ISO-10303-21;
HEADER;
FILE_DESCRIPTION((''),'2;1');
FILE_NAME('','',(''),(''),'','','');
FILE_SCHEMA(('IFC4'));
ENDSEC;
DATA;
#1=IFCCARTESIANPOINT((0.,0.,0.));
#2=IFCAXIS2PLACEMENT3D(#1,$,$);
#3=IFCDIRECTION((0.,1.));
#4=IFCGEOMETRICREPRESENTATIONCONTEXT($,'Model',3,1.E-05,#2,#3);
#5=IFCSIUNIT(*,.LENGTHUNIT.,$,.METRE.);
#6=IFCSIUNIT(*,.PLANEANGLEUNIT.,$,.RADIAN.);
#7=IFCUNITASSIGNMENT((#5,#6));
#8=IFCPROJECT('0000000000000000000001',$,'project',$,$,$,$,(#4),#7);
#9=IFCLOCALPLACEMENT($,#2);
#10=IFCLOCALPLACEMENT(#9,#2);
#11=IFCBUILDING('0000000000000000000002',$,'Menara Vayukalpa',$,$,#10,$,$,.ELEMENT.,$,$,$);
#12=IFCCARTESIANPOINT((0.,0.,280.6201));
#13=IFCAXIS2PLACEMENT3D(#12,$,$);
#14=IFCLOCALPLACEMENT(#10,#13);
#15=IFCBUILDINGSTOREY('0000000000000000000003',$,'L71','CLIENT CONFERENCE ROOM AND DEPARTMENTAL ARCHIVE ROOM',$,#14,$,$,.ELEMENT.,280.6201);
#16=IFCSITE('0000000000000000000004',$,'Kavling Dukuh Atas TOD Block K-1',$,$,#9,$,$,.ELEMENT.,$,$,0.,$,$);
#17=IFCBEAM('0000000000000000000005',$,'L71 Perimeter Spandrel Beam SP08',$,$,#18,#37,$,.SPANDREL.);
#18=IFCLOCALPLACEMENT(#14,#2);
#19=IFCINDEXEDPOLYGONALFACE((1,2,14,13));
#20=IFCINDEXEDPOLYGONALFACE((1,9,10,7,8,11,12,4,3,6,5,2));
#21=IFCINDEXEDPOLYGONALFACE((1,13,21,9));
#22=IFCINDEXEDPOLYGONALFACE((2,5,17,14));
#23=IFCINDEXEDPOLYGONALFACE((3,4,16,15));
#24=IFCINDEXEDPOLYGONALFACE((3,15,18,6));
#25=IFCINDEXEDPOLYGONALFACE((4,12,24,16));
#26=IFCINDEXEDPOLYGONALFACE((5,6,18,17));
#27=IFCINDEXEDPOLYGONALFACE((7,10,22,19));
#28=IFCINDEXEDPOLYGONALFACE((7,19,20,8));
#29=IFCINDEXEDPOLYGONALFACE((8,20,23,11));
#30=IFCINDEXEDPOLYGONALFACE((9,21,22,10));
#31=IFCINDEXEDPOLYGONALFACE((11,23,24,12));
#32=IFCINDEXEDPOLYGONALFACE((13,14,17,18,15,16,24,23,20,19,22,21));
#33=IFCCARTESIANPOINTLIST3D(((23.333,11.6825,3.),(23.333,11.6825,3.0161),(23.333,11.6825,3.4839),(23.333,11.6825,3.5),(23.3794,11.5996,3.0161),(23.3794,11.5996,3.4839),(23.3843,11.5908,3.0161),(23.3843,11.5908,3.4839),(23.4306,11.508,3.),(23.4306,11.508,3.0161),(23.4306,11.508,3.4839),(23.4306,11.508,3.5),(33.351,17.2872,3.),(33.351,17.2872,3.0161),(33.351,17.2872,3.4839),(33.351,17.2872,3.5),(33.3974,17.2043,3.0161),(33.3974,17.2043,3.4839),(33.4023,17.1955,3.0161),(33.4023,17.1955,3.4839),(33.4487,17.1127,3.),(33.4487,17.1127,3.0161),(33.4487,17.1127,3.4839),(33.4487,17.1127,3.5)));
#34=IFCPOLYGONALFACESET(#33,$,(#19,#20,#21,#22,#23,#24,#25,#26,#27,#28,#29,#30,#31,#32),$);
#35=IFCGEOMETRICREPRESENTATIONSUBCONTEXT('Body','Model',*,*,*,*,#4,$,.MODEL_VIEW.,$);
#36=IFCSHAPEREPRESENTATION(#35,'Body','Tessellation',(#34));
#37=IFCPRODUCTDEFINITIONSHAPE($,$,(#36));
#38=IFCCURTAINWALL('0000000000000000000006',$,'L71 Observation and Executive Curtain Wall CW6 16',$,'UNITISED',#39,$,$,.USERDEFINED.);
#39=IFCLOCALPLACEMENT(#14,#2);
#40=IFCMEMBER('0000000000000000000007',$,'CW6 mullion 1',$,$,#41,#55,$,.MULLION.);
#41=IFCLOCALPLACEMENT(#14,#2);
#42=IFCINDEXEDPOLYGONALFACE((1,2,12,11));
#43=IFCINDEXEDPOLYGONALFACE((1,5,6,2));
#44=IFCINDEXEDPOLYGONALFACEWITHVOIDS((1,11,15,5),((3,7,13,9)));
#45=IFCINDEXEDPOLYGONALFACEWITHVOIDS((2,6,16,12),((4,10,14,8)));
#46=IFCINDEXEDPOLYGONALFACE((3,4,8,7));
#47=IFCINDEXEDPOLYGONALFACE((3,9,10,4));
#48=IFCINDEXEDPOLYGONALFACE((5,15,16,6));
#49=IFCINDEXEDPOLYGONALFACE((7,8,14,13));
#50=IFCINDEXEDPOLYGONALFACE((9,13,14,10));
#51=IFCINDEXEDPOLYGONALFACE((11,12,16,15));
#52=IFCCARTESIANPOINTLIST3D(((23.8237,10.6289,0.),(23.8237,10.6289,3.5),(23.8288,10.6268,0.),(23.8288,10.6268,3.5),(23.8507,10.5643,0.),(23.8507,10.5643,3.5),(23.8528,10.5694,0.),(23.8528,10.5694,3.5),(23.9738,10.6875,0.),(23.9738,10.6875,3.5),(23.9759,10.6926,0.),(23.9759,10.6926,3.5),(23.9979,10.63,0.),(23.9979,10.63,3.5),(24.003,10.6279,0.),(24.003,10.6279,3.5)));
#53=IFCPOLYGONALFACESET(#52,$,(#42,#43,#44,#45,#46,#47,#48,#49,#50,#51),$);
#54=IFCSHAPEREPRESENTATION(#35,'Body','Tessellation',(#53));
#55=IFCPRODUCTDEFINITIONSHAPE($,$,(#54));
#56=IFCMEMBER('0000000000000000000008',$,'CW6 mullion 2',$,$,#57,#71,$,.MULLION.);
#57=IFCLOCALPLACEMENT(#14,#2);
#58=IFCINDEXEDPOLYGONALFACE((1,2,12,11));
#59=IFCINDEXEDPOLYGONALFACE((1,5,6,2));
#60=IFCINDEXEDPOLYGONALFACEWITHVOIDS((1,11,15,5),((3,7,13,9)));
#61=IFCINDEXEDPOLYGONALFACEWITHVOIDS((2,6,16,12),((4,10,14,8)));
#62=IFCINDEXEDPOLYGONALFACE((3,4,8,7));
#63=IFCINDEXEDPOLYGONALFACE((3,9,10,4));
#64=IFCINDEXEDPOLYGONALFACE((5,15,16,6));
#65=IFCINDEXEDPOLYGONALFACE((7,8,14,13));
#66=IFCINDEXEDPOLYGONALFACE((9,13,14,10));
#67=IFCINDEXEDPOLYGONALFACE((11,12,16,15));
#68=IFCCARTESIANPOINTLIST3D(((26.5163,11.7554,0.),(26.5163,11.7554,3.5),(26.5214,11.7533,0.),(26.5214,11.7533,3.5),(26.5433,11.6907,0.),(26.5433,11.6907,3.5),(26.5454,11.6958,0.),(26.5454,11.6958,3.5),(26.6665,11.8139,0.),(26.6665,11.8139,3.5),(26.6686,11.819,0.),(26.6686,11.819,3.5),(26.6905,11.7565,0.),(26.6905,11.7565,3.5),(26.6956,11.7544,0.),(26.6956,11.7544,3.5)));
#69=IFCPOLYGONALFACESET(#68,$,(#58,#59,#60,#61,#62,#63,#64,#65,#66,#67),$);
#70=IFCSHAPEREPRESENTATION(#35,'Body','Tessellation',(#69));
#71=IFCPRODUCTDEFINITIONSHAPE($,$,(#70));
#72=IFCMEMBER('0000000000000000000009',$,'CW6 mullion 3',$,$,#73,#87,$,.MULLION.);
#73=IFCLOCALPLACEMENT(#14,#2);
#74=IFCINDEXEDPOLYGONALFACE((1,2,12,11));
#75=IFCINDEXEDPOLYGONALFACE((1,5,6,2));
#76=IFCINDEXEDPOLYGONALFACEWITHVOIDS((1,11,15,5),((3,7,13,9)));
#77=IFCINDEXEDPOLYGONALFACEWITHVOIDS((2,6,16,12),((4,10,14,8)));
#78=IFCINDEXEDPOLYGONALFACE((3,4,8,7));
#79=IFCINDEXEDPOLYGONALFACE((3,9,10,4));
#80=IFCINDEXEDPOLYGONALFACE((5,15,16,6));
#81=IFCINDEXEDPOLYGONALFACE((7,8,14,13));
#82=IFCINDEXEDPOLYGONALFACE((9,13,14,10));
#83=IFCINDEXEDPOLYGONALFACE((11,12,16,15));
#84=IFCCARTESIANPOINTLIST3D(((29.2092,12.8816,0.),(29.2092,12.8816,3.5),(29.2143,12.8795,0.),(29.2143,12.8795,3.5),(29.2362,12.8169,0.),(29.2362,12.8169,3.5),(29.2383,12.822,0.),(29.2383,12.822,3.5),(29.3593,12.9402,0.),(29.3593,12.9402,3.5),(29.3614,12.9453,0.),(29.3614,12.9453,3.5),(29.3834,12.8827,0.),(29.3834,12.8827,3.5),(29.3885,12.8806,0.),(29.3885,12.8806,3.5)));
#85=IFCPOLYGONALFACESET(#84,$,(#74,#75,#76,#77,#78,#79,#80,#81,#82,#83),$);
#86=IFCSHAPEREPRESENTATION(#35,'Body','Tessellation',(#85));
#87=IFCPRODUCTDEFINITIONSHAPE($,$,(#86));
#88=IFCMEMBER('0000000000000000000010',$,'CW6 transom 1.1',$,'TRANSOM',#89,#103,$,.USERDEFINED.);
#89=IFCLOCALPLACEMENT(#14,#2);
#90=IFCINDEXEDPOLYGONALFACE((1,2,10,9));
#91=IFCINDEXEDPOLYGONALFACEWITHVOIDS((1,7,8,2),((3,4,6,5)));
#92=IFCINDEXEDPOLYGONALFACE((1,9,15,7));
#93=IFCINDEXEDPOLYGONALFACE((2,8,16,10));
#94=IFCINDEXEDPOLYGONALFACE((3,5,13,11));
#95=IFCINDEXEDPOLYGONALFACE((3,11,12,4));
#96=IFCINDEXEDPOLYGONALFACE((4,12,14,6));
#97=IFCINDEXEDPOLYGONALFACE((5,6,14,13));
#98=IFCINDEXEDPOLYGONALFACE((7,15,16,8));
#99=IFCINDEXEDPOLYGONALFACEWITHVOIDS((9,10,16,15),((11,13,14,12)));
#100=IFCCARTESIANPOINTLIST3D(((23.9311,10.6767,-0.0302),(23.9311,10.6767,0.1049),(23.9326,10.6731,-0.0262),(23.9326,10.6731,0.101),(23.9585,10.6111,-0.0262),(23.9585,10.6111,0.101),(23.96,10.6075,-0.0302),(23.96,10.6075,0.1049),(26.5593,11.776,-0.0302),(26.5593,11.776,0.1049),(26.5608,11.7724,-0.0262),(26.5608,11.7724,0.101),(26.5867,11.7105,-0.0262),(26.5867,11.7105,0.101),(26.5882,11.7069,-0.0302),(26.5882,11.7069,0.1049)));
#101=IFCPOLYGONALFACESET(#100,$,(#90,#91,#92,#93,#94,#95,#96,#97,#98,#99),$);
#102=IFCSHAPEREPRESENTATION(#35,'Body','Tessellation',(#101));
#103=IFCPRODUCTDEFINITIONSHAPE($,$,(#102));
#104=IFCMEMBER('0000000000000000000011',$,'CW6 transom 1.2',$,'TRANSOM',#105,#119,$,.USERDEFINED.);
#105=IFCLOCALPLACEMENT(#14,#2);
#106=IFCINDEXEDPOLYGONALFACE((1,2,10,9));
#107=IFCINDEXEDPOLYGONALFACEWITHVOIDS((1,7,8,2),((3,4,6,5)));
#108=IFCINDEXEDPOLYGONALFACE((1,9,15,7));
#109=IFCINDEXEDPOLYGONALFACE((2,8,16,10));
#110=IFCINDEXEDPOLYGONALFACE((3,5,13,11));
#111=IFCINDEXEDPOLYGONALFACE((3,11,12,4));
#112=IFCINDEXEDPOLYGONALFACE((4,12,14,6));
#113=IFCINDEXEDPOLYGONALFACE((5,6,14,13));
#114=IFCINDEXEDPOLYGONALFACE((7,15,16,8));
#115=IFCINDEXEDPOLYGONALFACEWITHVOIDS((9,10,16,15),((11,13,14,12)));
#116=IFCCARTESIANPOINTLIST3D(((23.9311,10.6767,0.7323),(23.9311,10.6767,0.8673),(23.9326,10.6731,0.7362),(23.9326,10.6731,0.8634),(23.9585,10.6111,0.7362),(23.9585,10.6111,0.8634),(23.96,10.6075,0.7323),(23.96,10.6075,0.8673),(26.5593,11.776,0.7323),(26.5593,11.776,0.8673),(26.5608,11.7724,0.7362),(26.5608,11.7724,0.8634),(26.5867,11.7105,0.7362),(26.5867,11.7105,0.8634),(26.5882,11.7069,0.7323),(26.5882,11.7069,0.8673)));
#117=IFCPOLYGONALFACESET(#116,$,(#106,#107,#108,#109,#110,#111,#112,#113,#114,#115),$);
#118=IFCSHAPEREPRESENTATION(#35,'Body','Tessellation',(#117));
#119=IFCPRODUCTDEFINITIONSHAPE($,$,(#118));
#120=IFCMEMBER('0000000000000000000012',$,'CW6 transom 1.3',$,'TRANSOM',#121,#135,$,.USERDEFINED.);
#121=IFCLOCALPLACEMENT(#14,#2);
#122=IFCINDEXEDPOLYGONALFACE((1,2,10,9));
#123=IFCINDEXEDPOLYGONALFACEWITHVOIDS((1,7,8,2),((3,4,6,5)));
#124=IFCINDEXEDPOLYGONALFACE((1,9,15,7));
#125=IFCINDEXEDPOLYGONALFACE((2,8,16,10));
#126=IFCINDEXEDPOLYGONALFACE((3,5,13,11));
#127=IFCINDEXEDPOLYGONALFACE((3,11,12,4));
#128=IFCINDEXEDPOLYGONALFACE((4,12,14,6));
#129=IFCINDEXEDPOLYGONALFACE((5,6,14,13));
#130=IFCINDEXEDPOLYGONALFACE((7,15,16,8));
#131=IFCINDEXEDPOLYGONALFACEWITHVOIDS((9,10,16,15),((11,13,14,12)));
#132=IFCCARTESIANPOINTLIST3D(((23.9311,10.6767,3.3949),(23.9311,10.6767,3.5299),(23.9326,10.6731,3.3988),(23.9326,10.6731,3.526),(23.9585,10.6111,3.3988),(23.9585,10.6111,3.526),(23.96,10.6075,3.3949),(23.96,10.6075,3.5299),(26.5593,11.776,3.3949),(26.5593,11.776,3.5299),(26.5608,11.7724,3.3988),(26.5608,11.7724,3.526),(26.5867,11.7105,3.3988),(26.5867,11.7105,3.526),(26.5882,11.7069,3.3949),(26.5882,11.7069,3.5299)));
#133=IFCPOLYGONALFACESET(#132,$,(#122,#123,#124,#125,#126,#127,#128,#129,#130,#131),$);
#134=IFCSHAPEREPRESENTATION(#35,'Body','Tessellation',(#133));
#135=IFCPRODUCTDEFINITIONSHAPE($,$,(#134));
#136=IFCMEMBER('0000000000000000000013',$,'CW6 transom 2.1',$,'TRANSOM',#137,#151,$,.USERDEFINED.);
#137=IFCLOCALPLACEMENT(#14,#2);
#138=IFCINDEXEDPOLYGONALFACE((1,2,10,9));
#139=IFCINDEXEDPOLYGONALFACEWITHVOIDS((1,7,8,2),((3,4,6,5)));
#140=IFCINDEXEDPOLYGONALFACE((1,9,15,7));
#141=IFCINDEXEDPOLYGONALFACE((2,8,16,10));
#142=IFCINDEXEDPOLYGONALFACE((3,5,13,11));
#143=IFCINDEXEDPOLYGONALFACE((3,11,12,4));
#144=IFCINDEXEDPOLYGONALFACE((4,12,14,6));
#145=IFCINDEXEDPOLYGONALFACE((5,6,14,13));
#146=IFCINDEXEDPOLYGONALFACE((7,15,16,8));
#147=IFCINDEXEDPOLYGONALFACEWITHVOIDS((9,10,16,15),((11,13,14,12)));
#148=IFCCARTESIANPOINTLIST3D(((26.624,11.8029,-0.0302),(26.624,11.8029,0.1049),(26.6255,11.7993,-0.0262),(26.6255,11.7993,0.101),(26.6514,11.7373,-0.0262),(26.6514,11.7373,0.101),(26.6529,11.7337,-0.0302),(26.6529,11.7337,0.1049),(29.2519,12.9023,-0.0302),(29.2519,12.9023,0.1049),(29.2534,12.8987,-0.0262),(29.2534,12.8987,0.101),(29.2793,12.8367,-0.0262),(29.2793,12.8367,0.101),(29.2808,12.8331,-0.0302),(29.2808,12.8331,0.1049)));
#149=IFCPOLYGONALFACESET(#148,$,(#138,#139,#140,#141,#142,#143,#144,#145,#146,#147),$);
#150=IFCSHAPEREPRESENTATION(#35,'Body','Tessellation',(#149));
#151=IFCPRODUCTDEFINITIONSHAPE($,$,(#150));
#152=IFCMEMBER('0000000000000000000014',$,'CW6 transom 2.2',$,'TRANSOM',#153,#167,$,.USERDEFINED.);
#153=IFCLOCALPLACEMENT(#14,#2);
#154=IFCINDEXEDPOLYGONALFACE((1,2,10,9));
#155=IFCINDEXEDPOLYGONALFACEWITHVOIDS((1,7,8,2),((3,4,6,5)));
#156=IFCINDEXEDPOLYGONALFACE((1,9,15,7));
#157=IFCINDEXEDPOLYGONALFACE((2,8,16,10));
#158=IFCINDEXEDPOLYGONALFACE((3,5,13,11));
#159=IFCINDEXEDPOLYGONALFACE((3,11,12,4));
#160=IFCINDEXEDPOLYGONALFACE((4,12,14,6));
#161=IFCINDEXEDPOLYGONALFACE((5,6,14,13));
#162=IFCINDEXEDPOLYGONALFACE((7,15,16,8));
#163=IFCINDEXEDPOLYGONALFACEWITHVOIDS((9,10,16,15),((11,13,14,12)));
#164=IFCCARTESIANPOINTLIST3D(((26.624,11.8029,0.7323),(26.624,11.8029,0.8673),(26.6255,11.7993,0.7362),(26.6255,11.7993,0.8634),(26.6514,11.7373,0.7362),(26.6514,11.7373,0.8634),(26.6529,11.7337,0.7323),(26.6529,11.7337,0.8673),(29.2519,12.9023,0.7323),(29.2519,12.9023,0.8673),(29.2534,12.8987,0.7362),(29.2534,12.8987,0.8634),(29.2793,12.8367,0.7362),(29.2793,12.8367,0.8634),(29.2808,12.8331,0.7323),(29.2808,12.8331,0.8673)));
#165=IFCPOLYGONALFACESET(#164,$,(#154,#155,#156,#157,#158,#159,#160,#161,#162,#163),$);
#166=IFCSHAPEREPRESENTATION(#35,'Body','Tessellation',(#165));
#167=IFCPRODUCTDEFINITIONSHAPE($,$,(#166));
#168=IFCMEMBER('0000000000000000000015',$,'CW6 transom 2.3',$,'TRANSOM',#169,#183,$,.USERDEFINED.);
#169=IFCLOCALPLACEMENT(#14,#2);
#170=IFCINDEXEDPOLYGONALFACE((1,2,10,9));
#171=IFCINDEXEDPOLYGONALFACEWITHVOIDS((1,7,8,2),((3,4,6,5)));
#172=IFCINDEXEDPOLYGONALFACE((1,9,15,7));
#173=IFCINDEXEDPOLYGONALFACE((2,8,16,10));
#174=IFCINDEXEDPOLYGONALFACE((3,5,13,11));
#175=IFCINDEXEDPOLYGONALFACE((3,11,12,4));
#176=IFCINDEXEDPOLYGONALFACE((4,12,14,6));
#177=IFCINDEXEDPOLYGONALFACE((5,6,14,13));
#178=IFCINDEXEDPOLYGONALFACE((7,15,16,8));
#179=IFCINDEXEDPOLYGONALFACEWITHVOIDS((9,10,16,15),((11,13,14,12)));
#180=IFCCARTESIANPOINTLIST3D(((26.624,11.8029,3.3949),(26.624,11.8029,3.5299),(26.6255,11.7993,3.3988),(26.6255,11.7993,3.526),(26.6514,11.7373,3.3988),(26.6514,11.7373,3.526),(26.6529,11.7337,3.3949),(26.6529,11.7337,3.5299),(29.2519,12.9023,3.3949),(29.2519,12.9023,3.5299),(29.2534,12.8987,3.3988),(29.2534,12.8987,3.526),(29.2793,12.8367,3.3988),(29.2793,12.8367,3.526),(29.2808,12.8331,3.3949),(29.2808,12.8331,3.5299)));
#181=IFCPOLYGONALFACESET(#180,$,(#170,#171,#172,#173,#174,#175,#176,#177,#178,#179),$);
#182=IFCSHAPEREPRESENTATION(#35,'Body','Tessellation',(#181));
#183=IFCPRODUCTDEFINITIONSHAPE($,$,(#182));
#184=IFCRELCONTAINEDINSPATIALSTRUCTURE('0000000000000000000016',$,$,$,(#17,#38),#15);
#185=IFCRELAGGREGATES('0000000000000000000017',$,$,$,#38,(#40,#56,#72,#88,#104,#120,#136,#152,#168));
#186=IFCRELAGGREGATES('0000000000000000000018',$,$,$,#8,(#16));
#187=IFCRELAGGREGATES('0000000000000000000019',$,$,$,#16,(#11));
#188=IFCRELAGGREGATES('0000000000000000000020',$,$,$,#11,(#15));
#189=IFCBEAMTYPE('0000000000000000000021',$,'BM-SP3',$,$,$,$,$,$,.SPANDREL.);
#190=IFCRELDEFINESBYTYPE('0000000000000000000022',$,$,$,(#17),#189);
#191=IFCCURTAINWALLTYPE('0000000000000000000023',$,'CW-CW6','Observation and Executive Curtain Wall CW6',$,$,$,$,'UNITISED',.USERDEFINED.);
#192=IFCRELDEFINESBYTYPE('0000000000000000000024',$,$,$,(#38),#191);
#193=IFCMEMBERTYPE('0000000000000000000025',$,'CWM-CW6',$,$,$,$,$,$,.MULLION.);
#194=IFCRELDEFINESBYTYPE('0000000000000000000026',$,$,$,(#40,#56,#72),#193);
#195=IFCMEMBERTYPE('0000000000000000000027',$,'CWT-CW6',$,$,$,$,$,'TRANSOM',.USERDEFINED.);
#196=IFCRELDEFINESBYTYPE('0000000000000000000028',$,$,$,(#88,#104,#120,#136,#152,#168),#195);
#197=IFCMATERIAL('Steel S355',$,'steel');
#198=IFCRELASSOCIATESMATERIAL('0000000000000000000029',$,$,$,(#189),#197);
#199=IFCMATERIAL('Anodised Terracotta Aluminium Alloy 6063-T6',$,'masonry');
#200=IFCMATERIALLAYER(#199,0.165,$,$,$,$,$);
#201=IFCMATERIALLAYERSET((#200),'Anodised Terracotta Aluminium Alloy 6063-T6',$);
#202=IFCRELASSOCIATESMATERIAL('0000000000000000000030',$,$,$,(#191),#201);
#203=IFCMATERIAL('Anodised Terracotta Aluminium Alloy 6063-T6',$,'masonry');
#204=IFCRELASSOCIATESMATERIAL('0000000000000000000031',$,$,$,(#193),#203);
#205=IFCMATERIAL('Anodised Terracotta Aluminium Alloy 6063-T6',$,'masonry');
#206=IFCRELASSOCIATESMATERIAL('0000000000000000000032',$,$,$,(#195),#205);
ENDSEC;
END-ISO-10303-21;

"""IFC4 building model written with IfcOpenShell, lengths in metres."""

from ifc_helpers import new_model, si_unit, direction, frame, origin, origin_2d, place, context, subcontext, project, spatial, hollow_rectangle, i_section, extrude, material, layer, layer_set, material_profile, profile_set, type_object, element, aggregate, save


model = new_model("IFC4")

# Units and contexts
model_context = context("Model", 3, precision=1e-05, world=origin(), true_north=direction((0.0, 1.0)))
body_context = subcontext(model_context, "Body", "Model", "MODEL_VIEW")
ifc_project = project(units=[si_unit("LENGTHUNIT", "METRE"), si_unit("PLANEANGLEUNIT", "RADIAN")], contexts=[model_context])

# Site, building, storey
site_placement = place(None, origin())
site = spatial("IfcSite", under=ifc_project, at=site_placement, Name="Kavling Dukuh Atas TOD Block K-1", CompositionType="ELEMENT", RefElevation=0.0)
building_placement = place(site_placement, origin())
building = spatial("IfcBuilding", under=site, at=building_placement, Name="Menara Vayukalpa", CompositionType="ELEMENT")
storey_placement = place(building_placement, frame((0.0, 0.0, 280.6201)))
storey = spatial("IfcBuildingStorey", under=building, at=storey_placement, Name="L71", Description="CLIENT CONFERENCE ROOM AND DEPARTMENTAL ARCHIVE ROOM", CompositionType="ELEMENT", Elevation=280.6201)

# Beam
ifc_material_1 = material(Name="Steel S355", Category="steel")
ifc_material_profile_1 = material_profile(ifc_material_1, i_section(OverallWidth=0.2, OverallDepth=0.5, WebThickness=0.01, FlangeThickness=0.0161, at=origin_2d()), Name="WF 500x200x10x16")
ifc_profile_set_1 = profile_set([ifc_material_profile_1], Name="Steel S355")
beam_type = type_object("IfcBeamType", Name="BM-SP3", PredefinedType="SPANDREL", material=ifc_profile_set_1)
beam_placement = place(storey_placement, frame((23.3818, 11.5952, 3.25), z_axis=(0.872706, 0.488246, 0.0), x_axis=(-0.488246, 0.872706, 0.0)))
element("IfcBeam", 1, at=beam_placement, inside=storey, type_object=beam_type, Name="L71 Perimeter Spandrel Beam SP08", PredefinedType="SPANDREL", context=body_context, shape_type="SweptSolid", body=[
    extrude(i_section(OverallWidth=0.2, OverallDepth=0.5, WebThickness=0.01, FlangeThickness=0.0161, at=origin_2d()), origin(), (0.0, 0.0, 1.0), 11.4792),
])

# Curtain wall, members
ifc_material_2 = material(Name="Anodised Terracotta Aluminium Alloy 6063-T6", Category="masonry")
ifc_layer_1 = layer(ifc_material_2, 0.165)
ifc_layer_set_1 = layer_set([ifc_layer_1], Name="Anodised Terracotta Aluminium Alloy 6063-T6")
curtain_wall_type = type_object("IfcCurtainWallType", Name="CW-CW6", Description="Observation and Executive Curtain Wall CW6", ElementType="UNITISED", PredefinedType="USERDEFINED", material=ifc_layer_set_1)
curtain_wall_placement = place(storey_placement, origin())
curtain_wall = element("IfcCurtainWall", 2, at=curtain_wall_placement, inside=storey, type_object=curtain_wall_type, Name="L71 Observation and Executive Curtain Wall CW6 16", ObjectType="UNITISED", PredefinedType="USERDEFINED")
ifc_material_3 = material(Name="Anodised Terracotta Aluminium Alloy 6063-T6", Category="masonry")
ifc_material_profile_2 = material_profile(ifc_material_3, hollow_rectangle(XDim=0.0701, YDim=0.165, WallThickness=0.0039, at=origin_2d()), Name="ALU 70x165x4")
ifc_profile_set_2 = profile_set([ifc_material_profile_2], Name="Anodised Terracotta Aluminium Alloy 6063-T6")
member_type_1 = type_object("IfcMemberType", Name="CWM-CW6", PredefinedType="MULLION", material=ifc_profile_set_2)
member_1_placement = place(storey_placement, frame((23.9133, 10.6284, 0.0), z_axis=(0.0, 0.0, 1.0), x_axis=(-0.3859, 0.922541, 0.0)))
member_1 = element("IfcMember", 3, at=member_1_placement, type_object=member_type_1, Name="CW6 mullion 1", PredefinedType="MULLION", context=body_context, shape_type="SweptSolid", body=[
    extrude(hollow_rectangle(XDim=0.0701, YDim=0.165, WallThickness=0.0039, at=origin_2d()), origin(), (0.0, 0.0, 1.0), 3.5),
])
member_2_placement = place(storey_placement, frame((26.606, 11.7549, 0.0), z_axis=(0.0, 0.0, 1.0), x_axis=(-0.3859, 0.922541, 0.0)))
member_2 = element("IfcMember", 4, at=member_2_placement, type_object=member_type_1, Name="CW6 mullion 2", PredefinedType="MULLION", context=body_context, shape_type="SweptSolid", body=[
    extrude(hollow_rectangle(XDim=0.0701, YDim=0.165, WallThickness=0.0039, at=origin_2d()), origin(), (0.0, 0.0, 1.0), 3.5),
])
member_3_placement = place(storey_placement, frame((29.2988, 12.8811, 0.0), z_axis=(0.0, 0.0, 1.0), x_axis=(-0.3859, 0.922541, 0.0)))
member_3 = element("IfcMember", 5, at=member_3_placement, type_object=member_type_1, Name="CW6 mullion 3", PredefinedType="MULLION", context=body_context, shape_type="SweptSolid", body=[
    extrude(hollow_rectangle(XDim=0.0701, YDim=0.165, WallThickness=0.0039, at=origin_2d()), origin(), (0.0, 0.0, 1.0), 3.5),
])
ifc_material_4 = material(Name="Anodised Terracotta Aluminium Alloy 6063-T6", Category="masonry")
ifc_material_profile_3 = material_profile(ifc_material_4, hollow_rectangle(XDim=0.075, YDim=0.135, WallThickness=0.0039, at=origin_2d()), Name="ALU 75x135x4")
ifc_profile_set_3 = profile_set([ifc_material_profile_3], Name="Anodised Terracotta Aluminium Alloy 6063-T6")
member_type_2 = type_object("IfcMemberType", Name="CWT-CW6", ElementType="TRANSOM", PredefinedType="USERDEFINED", material=ifc_profile_set_3)
member_4_placement = place(storey_placement, frame((23.9456, 10.6421, 0.0374), z_axis=(0.922541, 0.385899, 0.0), x_axis=(-0.385899, 0.922541, 0.0)))
member_4 = element("IfcMember", 6, at=member_4_placement, type_object=member_type_2, Name="CW6 transom 1.1", ObjectType="TRANSOM", PredefinedType="USERDEFINED", context=body_context, shape_type="SweptSolid", body=[
    extrude(hollow_rectangle(XDim=0.075, YDim=0.135, WallThickness=0.0039, at=origin_2d()), origin(), (0.0, 0.0, 1.0), 2.8489),
])
member_5_placement = place(storey_placement, frame((23.9456, 10.6421, 0.7998), z_axis=(0.922541, 0.385899, 0.0), x_axis=(-0.385899, 0.922541, 0.0)))
member_5 = element("IfcMember", 7, at=member_5_placement, type_object=member_type_2, Name="CW6 transom 1.2", ObjectType="TRANSOM", PredefinedType="USERDEFINED", context=body_context, shape_type="SweptSolid", body=[
    extrude(hollow_rectangle(XDim=0.075, YDim=0.135, WallThickness=0.0039, at=origin_2d()), origin(), (0.0, 0.0, 1.0), 2.8489),
])
member_6_placement = place(storey_placement, frame((23.9456, 10.6421, 3.4624), z_axis=(0.922541, 0.385899, 0.0), x_axis=(-0.385899, 0.922541, 0.0)))
member_6 = element("IfcMember", 8, at=member_6_placement, type_object=member_type_2, Name="CW6 transom 1.3", ObjectType="TRANSOM", PredefinedType="USERDEFINED", context=body_context, shape_type="SweptSolid", body=[
    extrude(hollow_rectangle(XDim=0.075, YDim=0.135, WallThickness=0.0039, at=origin_2d()), origin(), (0.0, 0.0, 1.0), 2.8489),
])
member_7_placement = place(storey_placement, frame((26.6384, 11.7683, 0.0374), z_axis=(0.922528, 0.385929, 0.0), x_axis=(-0.385929, 0.922528, 0.0)))
member_7 = element("IfcMember", 9, at=member_7_placement, type_object=member_type_2, Name="CW6 transom 2.1", ObjectType="TRANSOM", PredefinedType="USERDEFINED", context=body_context, shape_type="SweptSolid", body=[
    extrude(hollow_rectangle(XDim=0.075, YDim=0.135, WallThickness=0.0039, at=origin_2d()), origin(), (0.0, 0.0, 1.0), 2.8486),
])
member_8_placement = place(storey_placement, frame((26.6384, 11.7683, 0.7998), z_axis=(0.922528, 0.385929, 0.0), x_axis=(-0.385929, 0.922528, 0.0)))
member_8 = element("IfcMember", 10, at=member_8_placement, type_object=member_type_2, Name="CW6 transom 2.2", ObjectType="TRANSOM", PredefinedType="USERDEFINED", context=body_context, shape_type="SweptSolid", body=[
    extrude(hollow_rectangle(XDim=0.075, YDim=0.135, WallThickness=0.0039, at=origin_2d()), origin(), (0.0, 0.0, 1.0), 2.8486),
])
member_9_placement = place(storey_placement, frame((26.6384, 11.7683, 3.4624), z_axis=(0.922528, 0.385929, 0.0), x_axis=(-0.385929, 0.922528, 0.0)))
member_9 = element("IfcMember", 11, at=member_9_placement, type_object=member_type_2, Name="CW6 transom 2.3", ObjectType="TRANSOM", PredefinedType="USERDEFINED", context=body_context, shape_type="SweptSolid", body=[
    extrude(hollow_rectangle(XDim=0.075, YDim=0.135, WallThickness=0.0039, at=origin_2d()), origin(), (0.0, 0.0, 1.0), 2.8486),
])
aggregate(curtain_wall, [member_1, member_2, member_3, member_4, member_5, member_6, member_7, member_8, member_9])

save(model, "model.ifc")
